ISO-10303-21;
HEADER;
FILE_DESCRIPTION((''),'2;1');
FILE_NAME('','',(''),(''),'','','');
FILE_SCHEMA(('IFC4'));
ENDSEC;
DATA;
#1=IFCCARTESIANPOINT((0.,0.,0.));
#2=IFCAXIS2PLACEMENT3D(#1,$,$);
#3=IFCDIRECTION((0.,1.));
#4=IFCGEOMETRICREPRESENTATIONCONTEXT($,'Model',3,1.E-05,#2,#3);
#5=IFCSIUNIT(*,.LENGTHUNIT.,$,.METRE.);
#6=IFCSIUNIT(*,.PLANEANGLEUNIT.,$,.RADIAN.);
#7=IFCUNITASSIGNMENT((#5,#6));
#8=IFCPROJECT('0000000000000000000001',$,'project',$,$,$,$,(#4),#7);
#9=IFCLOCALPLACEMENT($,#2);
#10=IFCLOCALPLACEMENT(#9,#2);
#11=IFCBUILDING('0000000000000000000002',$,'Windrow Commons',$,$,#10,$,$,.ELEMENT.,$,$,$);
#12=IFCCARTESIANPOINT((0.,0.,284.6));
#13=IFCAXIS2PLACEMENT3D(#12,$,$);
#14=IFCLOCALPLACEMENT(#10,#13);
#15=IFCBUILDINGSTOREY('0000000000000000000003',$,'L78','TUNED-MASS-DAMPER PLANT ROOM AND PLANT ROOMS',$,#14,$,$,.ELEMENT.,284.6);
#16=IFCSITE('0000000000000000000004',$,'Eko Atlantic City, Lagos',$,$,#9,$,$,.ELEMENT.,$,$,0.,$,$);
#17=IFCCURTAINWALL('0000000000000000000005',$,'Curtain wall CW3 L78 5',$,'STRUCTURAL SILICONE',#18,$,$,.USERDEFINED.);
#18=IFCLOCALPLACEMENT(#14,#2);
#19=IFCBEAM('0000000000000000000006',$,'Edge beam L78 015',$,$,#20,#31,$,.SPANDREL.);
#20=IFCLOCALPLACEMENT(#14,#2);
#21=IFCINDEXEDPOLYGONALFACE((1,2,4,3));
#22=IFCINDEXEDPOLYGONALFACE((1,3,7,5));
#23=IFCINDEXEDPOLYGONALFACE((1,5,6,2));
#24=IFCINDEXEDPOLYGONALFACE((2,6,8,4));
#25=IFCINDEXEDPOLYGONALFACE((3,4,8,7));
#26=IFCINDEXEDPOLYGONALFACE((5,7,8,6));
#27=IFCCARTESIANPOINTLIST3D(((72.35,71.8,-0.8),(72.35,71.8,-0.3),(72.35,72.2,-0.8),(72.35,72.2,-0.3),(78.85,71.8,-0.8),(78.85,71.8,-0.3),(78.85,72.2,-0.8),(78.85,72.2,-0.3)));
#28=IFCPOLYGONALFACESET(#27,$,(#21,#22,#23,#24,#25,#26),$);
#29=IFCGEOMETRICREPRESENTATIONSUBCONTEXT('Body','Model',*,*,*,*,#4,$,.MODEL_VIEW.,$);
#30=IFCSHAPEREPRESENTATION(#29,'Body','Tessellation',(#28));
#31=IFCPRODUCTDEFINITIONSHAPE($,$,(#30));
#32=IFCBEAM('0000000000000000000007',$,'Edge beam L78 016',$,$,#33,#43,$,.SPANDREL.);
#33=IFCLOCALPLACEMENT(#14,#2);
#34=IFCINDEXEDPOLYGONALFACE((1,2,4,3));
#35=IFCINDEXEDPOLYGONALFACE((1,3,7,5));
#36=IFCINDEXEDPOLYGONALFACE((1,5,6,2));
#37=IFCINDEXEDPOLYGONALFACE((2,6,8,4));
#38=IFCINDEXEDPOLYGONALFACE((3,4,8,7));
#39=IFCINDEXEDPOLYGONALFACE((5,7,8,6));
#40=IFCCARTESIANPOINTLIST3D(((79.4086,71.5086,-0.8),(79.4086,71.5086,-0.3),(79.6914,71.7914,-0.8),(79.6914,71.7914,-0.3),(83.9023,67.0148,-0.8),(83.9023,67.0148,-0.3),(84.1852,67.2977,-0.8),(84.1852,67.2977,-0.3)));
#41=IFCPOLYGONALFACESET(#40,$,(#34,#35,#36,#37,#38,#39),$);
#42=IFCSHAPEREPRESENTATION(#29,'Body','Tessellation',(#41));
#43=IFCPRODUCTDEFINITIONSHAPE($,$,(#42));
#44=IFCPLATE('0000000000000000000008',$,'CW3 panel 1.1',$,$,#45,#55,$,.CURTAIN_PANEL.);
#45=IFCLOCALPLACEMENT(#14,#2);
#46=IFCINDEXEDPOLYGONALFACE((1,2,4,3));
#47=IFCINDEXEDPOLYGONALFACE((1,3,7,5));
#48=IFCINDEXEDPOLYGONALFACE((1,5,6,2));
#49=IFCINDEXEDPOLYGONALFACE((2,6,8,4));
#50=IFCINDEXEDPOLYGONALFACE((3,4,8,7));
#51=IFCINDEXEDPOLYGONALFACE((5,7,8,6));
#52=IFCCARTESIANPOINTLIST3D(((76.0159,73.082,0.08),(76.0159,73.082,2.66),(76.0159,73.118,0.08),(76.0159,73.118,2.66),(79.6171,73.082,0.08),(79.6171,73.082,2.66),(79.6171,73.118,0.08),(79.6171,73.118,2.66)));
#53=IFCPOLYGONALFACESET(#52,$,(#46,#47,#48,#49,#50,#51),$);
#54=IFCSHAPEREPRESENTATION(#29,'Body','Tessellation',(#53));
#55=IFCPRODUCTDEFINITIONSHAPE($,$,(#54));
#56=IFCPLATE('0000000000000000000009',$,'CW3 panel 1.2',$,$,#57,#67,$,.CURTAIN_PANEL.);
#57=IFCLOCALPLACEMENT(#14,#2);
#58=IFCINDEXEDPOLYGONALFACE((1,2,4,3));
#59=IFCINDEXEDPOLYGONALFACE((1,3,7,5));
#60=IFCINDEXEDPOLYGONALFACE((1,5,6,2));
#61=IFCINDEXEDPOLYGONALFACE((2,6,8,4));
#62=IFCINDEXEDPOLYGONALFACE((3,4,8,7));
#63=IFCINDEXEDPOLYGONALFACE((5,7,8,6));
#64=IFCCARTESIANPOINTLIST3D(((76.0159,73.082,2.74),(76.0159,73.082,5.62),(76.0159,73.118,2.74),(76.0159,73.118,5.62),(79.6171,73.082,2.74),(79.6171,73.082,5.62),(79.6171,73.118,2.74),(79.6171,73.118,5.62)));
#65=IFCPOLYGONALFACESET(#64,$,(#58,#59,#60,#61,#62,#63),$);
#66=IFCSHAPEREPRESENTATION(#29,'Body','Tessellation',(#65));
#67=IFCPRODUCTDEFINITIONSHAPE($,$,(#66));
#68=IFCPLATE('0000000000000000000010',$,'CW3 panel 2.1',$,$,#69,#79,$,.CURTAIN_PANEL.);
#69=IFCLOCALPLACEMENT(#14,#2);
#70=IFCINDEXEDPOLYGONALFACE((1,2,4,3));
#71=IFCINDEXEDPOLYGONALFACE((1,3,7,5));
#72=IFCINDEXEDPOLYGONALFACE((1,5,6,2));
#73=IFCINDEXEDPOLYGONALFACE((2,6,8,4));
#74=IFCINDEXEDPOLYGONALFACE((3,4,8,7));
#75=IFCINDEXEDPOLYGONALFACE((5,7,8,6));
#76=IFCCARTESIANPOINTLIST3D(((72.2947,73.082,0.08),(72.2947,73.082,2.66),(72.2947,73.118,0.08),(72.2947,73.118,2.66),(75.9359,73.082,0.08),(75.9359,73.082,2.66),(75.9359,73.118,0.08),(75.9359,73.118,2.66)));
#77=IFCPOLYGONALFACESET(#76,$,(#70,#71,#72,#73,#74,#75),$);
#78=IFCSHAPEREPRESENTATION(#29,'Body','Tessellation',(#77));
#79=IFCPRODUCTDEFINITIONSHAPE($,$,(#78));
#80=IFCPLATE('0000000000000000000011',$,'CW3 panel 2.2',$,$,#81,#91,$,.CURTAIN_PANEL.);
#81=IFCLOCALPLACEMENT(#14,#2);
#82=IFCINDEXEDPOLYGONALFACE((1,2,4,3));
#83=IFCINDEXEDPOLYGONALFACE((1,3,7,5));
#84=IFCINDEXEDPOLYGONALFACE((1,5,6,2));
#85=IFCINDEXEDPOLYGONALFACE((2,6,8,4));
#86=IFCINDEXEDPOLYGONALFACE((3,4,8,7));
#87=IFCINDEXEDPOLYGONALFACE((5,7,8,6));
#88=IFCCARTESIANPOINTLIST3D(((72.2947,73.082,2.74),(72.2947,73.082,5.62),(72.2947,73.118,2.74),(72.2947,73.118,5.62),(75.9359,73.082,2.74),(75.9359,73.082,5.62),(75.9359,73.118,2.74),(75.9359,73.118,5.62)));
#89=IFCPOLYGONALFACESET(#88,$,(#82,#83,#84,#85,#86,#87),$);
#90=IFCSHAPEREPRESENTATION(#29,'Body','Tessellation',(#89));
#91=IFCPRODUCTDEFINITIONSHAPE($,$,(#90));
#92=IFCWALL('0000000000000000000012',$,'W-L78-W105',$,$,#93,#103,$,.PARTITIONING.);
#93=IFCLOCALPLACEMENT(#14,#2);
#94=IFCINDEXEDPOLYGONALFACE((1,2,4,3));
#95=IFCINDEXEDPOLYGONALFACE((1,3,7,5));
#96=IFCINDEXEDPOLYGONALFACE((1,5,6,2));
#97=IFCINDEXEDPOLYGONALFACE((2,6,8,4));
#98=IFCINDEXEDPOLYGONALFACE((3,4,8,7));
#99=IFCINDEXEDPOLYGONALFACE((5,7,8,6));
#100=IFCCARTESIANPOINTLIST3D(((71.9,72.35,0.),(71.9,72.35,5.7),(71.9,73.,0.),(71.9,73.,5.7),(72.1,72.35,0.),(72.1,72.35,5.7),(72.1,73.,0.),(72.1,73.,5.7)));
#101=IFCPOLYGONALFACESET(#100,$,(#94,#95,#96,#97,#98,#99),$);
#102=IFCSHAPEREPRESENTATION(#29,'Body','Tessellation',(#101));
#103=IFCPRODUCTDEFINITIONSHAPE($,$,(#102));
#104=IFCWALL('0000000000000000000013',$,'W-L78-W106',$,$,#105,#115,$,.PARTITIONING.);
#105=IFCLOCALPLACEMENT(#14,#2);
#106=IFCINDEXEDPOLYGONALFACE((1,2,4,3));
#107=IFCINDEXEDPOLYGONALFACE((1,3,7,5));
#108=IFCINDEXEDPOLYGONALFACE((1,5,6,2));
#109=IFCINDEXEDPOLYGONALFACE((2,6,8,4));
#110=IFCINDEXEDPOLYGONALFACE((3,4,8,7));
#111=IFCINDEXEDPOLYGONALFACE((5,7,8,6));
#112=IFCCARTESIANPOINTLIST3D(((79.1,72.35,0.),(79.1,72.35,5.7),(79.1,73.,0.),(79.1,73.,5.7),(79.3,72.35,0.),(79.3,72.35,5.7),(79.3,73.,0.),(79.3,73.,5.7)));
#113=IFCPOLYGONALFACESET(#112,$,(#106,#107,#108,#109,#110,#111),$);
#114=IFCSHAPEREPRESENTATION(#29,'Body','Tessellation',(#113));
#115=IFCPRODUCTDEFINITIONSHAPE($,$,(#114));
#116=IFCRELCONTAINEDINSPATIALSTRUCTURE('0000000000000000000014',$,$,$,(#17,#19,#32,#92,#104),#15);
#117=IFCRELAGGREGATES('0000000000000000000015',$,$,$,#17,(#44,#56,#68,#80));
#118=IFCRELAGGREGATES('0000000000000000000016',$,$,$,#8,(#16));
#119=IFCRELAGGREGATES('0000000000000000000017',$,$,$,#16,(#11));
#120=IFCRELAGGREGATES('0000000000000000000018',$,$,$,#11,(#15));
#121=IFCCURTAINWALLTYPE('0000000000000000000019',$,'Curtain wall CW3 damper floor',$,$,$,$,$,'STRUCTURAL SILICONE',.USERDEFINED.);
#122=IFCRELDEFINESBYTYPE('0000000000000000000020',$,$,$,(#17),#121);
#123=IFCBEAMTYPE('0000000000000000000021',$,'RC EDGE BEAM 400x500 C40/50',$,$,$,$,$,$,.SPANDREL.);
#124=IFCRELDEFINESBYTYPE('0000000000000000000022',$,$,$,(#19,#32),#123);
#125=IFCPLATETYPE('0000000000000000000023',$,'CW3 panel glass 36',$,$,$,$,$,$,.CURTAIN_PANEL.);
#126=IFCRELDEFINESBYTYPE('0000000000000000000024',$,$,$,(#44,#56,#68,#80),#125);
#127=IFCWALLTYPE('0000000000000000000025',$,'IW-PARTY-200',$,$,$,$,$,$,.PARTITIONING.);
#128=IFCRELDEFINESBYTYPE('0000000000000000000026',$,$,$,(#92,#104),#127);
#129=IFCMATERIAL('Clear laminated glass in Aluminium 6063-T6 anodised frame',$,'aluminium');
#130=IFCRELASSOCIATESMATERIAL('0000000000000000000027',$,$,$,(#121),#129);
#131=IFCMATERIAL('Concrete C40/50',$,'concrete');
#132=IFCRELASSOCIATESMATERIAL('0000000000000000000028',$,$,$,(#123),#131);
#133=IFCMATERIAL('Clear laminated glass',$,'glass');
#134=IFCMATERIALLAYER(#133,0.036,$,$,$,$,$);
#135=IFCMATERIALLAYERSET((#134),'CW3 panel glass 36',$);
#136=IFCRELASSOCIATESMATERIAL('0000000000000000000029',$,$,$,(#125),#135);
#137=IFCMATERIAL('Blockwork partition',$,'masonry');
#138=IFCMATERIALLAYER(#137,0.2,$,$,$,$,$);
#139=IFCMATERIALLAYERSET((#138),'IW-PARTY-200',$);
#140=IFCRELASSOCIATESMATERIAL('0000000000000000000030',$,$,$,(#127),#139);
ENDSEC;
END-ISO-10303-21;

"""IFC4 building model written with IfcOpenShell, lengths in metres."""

from ifc_helpers import new_model, si_unit, direction, frame, frame_2d, origin, origin_2d, place, context, subcontext, project, spatial, rectangle, extrude, material, layer, layer_set, material_profile, profile_set, type_object, element, aggregate, save


model = new_model("IFC4")

# Units and contexts
model_context = context("Model", 3, precision=1e-05, world=origin(), true_north=direction((0.0, 1.0)))
body_context = subcontext(model_context, "Body", "Model", "MODEL_VIEW")
ifc_project = project(units=[si_unit("LENGTHUNIT", "METRE"), si_unit("PLANEANGLEUNIT", "RADIAN")], contexts=[model_context])

# Site, building, storey
site_placement = place(None, origin())
site = spatial("IfcSite", under=ifc_project, at=site_placement, Name="Eko Atlantic City, Lagos", CompositionType="ELEMENT", RefElevation=0.0)
building_placement = place(site_placement, origin())
building = spatial("IfcBuilding", under=site, at=building_placement, Name="Windrow Commons", CompositionType="ELEMENT")
storey_placement = place(building_placement, frame((0.0, 0.0, 284.6)))
storey = spatial("IfcBuildingStorey", under=building, at=storey_placement, Name="L78", Description="TUNED-MASS-DAMPER PLANT ROOM AND PLANT ROOMS", CompositionType="ELEMENT", Elevation=284.6)

# Shared definitions
ifc_material_1 = material(Name="Clear laminated glass in Aluminium 6063-T6 anodised frame", Category="aluminium")
curtain_wall_type = type_object("IfcCurtainWallType", Name="Curtain wall CW3 damper floor", ElementType="STRUCTURAL SILICONE", PredefinedType="USERDEFINED", material=ifc_material_1)
placement = place(storey_placement, origin())

# Curtain wall
curtain_wall_1 = element("IfcCurtainWall", 1, at=placement, inside=storey, type_object=curtain_wall_type, Name="Curtain wall CW3 L78 5", ObjectType="STRUCTURAL SILICONE", PredefinedType="USERDEFINED")

# Beams
ifc_material_2 = material(Name="Concrete C40/50", Category="concrete")
ifc_material_profile_1 = material_profile(ifc_material_2, rectangle(XDim=0.4, YDim=0.5, at=origin_2d()))
ifc_profile_set_1 = profile_set([ifc_material_profile_1], Name="Concrete C40/50")
beam_type = type_object("IfcBeamType", Name="RC EDGE BEAM 400x500 C40/50", PredefinedType="SPANDREL", material=ifc_profile_set_1)
beam_1_placement = place(storey_placement, frame((72.35, 72.0, -0.55), z_axis=(1.0, 0.0, 0.0), x_axis=(0.0, 1.0, 0.0)))
element("IfcBeam", 2, at=beam_1_placement, inside=storey, type_object=beam_type, Name="Edge beam L78 015", PredefinedType="SPANDREL", context=body_context, shape_type="SweptSolid", body=[
    extrude(rectangle(XDim=0.4, YDim=0.5, at=origin_2d()), origin(), (0.0, 0.0, 1.0), 6.5),
])
beam_2_placement = place(storey_placement, frame((79.55, 71.65, -0.55), z_axis=(0.707107, -0.707107, 0.0), x_axis=(0.707107, 0.707107, 0.0)))
element("IfcBeam", 3, at=beam_2_placement, inside=storey, type_object=beam_type, Name="Edge beam L78 016", PredefinedType="SPANDREL", context=body_context, shape_type="SweptSolid", body=[
    extrude(rectangle(XDim=0.4, YDim=0.5, at=origin_2d()), origin(), (0.0, 0.0, 1.0), 6.3551),
])

# Plates
ifc_material_3 = material(Name="Clear laminated glass", Category="glass")
ifc_layer_1 = layer(ifc_material_3, 0.036)
ifc_layer_set_1 = layer_set([ifc_layer_1], Name="CW3 panel glass 36")
plate_type = type_object("IfcPlateType", Name="CW3 panel glass 36", PredefinedType="CURTAIN_PANEL", material=ifc_layer_set_1)
plate_1_placement = place(storey_placement, frame((77.8165, 73.1, 0.08), z_axis=(0.0, 0.0, 1.0), x_axis=(-1.0, 0.0, 0.0)))
plate_1 = element("IfcPlate", 4, at=plate_1_placement, type_object=plate_type, Name="CW3 panel 1.1", PredefinedType="CURTAIN_PANEL", context=body_context, shape_type="SweptSolid", body=[
    extrude(rectangle(XDim=3.6012, YDim=0.036, at=origin_2d()), origin(), (0.0, 0.0, 1.0), 2.58),
])
plate_2_placement = place(storey_placement, frame((77.8165, 73.1, 2.74), z_axis=(0.0, 0.0, 1.0), x_axis=(-1.0, 0.0, 0.0)))
plate_2 = element("IfcPlate", 5, at=plate_2_placement, type_object=plate_type, Name="CW3 panel 1.2", PredefinedType="CURTAIN_PANEL", context=body_context, shape_type="SweptSolid", body=[
    extrude(rectangle(XDim=3.6012, YDim=0.036, at=origin_2d()), origin(), (0.0, 0.0, 1.0), 2.88),
])
plate_3_placement = place(storey_placement, frame((74.1153, 73.1, 0.08), z_axis=(0.0, 0.0, 1.0), x_axis=(-1.0, 0.0, 0.0)))
plate_3 = element("IfcPlate", 6, at=plate_3_placement, type_object=plate_type, Name="CW3 panel 2.1", PredefinedType="CURTAIN_PANEL", context=body_context, shape_type="SweptSolid", body=[
    extrude(rectangle(XDim=3.6412, YDim=0.036, at=origin_2d()), origin(), (0.0, 0.0, 1.0), 2.58),
])
plate_4_placement = place(storey_placement, frame((74.1153, 73.1, 2.74), z_axis=(0.0, 0.0, 1.0), x_axis=(-1.0, 0.0, 0.0)))
plate_4 = element("IfcPlate", 7, at=plate_4_placement, type_object=plate_type, Name="CW3 panel 2.2", PredefinedType="CURTAIN_PANEL", context=body_context, shape_type="SweptSolid", body=[
    extrude(rectangle(XDim=3.6412, YDim=0.036, at=origin_2d()), origin(), (0.0, 0.0, 1.0), 2.88),
])
aggregate(curtain_wall_1, [plate_1, plate_2, plate_3, plate_4])

# Walls
ifc_material_4 = material(Name="Blockwork partition", Category="masonry")
ifc_layer_2 = layer(ifc_material_4, 0.2)
ifc_layer_set_2 = layer_set([ifc_layer_2], Name="IW-PARTY-200")
wall_type = type_object("IfcWallType", Name="IW-PARTY-200", PredefinedType="PARTITIONING", material=ifc_layer_set_2)
for number, where, z_axis, x_axis, name in (
    (8, (72.0, 72.35, 0.0), (0.0, 0.0, 1.0), (0.0, 1.0, 0.0), "W-L78-W105"),
    (9, (79.2, 72.35, 0.0), (0.0, 0.0, 1.0), (0.0, 1.0, 0.0), "W-L78-W106"),
):
    element("IfcWall", number, at=place(storey_placement, frame(where, z_axis=z_axis, x_axis=x_axis)), inside=storey, type_object=wall_type, Name=name, PredefinedType="PARTITIONING", context=body_context, shape_type="SweptSolid", body=[
        extrude(rectangle(XDim=0.65, YDim=0.2, at=frame_2d((0.325, 0.0))), origin(), (0.0, 0.0, 1.0), 5.7),
    ])

save(model, "model.ifc")
